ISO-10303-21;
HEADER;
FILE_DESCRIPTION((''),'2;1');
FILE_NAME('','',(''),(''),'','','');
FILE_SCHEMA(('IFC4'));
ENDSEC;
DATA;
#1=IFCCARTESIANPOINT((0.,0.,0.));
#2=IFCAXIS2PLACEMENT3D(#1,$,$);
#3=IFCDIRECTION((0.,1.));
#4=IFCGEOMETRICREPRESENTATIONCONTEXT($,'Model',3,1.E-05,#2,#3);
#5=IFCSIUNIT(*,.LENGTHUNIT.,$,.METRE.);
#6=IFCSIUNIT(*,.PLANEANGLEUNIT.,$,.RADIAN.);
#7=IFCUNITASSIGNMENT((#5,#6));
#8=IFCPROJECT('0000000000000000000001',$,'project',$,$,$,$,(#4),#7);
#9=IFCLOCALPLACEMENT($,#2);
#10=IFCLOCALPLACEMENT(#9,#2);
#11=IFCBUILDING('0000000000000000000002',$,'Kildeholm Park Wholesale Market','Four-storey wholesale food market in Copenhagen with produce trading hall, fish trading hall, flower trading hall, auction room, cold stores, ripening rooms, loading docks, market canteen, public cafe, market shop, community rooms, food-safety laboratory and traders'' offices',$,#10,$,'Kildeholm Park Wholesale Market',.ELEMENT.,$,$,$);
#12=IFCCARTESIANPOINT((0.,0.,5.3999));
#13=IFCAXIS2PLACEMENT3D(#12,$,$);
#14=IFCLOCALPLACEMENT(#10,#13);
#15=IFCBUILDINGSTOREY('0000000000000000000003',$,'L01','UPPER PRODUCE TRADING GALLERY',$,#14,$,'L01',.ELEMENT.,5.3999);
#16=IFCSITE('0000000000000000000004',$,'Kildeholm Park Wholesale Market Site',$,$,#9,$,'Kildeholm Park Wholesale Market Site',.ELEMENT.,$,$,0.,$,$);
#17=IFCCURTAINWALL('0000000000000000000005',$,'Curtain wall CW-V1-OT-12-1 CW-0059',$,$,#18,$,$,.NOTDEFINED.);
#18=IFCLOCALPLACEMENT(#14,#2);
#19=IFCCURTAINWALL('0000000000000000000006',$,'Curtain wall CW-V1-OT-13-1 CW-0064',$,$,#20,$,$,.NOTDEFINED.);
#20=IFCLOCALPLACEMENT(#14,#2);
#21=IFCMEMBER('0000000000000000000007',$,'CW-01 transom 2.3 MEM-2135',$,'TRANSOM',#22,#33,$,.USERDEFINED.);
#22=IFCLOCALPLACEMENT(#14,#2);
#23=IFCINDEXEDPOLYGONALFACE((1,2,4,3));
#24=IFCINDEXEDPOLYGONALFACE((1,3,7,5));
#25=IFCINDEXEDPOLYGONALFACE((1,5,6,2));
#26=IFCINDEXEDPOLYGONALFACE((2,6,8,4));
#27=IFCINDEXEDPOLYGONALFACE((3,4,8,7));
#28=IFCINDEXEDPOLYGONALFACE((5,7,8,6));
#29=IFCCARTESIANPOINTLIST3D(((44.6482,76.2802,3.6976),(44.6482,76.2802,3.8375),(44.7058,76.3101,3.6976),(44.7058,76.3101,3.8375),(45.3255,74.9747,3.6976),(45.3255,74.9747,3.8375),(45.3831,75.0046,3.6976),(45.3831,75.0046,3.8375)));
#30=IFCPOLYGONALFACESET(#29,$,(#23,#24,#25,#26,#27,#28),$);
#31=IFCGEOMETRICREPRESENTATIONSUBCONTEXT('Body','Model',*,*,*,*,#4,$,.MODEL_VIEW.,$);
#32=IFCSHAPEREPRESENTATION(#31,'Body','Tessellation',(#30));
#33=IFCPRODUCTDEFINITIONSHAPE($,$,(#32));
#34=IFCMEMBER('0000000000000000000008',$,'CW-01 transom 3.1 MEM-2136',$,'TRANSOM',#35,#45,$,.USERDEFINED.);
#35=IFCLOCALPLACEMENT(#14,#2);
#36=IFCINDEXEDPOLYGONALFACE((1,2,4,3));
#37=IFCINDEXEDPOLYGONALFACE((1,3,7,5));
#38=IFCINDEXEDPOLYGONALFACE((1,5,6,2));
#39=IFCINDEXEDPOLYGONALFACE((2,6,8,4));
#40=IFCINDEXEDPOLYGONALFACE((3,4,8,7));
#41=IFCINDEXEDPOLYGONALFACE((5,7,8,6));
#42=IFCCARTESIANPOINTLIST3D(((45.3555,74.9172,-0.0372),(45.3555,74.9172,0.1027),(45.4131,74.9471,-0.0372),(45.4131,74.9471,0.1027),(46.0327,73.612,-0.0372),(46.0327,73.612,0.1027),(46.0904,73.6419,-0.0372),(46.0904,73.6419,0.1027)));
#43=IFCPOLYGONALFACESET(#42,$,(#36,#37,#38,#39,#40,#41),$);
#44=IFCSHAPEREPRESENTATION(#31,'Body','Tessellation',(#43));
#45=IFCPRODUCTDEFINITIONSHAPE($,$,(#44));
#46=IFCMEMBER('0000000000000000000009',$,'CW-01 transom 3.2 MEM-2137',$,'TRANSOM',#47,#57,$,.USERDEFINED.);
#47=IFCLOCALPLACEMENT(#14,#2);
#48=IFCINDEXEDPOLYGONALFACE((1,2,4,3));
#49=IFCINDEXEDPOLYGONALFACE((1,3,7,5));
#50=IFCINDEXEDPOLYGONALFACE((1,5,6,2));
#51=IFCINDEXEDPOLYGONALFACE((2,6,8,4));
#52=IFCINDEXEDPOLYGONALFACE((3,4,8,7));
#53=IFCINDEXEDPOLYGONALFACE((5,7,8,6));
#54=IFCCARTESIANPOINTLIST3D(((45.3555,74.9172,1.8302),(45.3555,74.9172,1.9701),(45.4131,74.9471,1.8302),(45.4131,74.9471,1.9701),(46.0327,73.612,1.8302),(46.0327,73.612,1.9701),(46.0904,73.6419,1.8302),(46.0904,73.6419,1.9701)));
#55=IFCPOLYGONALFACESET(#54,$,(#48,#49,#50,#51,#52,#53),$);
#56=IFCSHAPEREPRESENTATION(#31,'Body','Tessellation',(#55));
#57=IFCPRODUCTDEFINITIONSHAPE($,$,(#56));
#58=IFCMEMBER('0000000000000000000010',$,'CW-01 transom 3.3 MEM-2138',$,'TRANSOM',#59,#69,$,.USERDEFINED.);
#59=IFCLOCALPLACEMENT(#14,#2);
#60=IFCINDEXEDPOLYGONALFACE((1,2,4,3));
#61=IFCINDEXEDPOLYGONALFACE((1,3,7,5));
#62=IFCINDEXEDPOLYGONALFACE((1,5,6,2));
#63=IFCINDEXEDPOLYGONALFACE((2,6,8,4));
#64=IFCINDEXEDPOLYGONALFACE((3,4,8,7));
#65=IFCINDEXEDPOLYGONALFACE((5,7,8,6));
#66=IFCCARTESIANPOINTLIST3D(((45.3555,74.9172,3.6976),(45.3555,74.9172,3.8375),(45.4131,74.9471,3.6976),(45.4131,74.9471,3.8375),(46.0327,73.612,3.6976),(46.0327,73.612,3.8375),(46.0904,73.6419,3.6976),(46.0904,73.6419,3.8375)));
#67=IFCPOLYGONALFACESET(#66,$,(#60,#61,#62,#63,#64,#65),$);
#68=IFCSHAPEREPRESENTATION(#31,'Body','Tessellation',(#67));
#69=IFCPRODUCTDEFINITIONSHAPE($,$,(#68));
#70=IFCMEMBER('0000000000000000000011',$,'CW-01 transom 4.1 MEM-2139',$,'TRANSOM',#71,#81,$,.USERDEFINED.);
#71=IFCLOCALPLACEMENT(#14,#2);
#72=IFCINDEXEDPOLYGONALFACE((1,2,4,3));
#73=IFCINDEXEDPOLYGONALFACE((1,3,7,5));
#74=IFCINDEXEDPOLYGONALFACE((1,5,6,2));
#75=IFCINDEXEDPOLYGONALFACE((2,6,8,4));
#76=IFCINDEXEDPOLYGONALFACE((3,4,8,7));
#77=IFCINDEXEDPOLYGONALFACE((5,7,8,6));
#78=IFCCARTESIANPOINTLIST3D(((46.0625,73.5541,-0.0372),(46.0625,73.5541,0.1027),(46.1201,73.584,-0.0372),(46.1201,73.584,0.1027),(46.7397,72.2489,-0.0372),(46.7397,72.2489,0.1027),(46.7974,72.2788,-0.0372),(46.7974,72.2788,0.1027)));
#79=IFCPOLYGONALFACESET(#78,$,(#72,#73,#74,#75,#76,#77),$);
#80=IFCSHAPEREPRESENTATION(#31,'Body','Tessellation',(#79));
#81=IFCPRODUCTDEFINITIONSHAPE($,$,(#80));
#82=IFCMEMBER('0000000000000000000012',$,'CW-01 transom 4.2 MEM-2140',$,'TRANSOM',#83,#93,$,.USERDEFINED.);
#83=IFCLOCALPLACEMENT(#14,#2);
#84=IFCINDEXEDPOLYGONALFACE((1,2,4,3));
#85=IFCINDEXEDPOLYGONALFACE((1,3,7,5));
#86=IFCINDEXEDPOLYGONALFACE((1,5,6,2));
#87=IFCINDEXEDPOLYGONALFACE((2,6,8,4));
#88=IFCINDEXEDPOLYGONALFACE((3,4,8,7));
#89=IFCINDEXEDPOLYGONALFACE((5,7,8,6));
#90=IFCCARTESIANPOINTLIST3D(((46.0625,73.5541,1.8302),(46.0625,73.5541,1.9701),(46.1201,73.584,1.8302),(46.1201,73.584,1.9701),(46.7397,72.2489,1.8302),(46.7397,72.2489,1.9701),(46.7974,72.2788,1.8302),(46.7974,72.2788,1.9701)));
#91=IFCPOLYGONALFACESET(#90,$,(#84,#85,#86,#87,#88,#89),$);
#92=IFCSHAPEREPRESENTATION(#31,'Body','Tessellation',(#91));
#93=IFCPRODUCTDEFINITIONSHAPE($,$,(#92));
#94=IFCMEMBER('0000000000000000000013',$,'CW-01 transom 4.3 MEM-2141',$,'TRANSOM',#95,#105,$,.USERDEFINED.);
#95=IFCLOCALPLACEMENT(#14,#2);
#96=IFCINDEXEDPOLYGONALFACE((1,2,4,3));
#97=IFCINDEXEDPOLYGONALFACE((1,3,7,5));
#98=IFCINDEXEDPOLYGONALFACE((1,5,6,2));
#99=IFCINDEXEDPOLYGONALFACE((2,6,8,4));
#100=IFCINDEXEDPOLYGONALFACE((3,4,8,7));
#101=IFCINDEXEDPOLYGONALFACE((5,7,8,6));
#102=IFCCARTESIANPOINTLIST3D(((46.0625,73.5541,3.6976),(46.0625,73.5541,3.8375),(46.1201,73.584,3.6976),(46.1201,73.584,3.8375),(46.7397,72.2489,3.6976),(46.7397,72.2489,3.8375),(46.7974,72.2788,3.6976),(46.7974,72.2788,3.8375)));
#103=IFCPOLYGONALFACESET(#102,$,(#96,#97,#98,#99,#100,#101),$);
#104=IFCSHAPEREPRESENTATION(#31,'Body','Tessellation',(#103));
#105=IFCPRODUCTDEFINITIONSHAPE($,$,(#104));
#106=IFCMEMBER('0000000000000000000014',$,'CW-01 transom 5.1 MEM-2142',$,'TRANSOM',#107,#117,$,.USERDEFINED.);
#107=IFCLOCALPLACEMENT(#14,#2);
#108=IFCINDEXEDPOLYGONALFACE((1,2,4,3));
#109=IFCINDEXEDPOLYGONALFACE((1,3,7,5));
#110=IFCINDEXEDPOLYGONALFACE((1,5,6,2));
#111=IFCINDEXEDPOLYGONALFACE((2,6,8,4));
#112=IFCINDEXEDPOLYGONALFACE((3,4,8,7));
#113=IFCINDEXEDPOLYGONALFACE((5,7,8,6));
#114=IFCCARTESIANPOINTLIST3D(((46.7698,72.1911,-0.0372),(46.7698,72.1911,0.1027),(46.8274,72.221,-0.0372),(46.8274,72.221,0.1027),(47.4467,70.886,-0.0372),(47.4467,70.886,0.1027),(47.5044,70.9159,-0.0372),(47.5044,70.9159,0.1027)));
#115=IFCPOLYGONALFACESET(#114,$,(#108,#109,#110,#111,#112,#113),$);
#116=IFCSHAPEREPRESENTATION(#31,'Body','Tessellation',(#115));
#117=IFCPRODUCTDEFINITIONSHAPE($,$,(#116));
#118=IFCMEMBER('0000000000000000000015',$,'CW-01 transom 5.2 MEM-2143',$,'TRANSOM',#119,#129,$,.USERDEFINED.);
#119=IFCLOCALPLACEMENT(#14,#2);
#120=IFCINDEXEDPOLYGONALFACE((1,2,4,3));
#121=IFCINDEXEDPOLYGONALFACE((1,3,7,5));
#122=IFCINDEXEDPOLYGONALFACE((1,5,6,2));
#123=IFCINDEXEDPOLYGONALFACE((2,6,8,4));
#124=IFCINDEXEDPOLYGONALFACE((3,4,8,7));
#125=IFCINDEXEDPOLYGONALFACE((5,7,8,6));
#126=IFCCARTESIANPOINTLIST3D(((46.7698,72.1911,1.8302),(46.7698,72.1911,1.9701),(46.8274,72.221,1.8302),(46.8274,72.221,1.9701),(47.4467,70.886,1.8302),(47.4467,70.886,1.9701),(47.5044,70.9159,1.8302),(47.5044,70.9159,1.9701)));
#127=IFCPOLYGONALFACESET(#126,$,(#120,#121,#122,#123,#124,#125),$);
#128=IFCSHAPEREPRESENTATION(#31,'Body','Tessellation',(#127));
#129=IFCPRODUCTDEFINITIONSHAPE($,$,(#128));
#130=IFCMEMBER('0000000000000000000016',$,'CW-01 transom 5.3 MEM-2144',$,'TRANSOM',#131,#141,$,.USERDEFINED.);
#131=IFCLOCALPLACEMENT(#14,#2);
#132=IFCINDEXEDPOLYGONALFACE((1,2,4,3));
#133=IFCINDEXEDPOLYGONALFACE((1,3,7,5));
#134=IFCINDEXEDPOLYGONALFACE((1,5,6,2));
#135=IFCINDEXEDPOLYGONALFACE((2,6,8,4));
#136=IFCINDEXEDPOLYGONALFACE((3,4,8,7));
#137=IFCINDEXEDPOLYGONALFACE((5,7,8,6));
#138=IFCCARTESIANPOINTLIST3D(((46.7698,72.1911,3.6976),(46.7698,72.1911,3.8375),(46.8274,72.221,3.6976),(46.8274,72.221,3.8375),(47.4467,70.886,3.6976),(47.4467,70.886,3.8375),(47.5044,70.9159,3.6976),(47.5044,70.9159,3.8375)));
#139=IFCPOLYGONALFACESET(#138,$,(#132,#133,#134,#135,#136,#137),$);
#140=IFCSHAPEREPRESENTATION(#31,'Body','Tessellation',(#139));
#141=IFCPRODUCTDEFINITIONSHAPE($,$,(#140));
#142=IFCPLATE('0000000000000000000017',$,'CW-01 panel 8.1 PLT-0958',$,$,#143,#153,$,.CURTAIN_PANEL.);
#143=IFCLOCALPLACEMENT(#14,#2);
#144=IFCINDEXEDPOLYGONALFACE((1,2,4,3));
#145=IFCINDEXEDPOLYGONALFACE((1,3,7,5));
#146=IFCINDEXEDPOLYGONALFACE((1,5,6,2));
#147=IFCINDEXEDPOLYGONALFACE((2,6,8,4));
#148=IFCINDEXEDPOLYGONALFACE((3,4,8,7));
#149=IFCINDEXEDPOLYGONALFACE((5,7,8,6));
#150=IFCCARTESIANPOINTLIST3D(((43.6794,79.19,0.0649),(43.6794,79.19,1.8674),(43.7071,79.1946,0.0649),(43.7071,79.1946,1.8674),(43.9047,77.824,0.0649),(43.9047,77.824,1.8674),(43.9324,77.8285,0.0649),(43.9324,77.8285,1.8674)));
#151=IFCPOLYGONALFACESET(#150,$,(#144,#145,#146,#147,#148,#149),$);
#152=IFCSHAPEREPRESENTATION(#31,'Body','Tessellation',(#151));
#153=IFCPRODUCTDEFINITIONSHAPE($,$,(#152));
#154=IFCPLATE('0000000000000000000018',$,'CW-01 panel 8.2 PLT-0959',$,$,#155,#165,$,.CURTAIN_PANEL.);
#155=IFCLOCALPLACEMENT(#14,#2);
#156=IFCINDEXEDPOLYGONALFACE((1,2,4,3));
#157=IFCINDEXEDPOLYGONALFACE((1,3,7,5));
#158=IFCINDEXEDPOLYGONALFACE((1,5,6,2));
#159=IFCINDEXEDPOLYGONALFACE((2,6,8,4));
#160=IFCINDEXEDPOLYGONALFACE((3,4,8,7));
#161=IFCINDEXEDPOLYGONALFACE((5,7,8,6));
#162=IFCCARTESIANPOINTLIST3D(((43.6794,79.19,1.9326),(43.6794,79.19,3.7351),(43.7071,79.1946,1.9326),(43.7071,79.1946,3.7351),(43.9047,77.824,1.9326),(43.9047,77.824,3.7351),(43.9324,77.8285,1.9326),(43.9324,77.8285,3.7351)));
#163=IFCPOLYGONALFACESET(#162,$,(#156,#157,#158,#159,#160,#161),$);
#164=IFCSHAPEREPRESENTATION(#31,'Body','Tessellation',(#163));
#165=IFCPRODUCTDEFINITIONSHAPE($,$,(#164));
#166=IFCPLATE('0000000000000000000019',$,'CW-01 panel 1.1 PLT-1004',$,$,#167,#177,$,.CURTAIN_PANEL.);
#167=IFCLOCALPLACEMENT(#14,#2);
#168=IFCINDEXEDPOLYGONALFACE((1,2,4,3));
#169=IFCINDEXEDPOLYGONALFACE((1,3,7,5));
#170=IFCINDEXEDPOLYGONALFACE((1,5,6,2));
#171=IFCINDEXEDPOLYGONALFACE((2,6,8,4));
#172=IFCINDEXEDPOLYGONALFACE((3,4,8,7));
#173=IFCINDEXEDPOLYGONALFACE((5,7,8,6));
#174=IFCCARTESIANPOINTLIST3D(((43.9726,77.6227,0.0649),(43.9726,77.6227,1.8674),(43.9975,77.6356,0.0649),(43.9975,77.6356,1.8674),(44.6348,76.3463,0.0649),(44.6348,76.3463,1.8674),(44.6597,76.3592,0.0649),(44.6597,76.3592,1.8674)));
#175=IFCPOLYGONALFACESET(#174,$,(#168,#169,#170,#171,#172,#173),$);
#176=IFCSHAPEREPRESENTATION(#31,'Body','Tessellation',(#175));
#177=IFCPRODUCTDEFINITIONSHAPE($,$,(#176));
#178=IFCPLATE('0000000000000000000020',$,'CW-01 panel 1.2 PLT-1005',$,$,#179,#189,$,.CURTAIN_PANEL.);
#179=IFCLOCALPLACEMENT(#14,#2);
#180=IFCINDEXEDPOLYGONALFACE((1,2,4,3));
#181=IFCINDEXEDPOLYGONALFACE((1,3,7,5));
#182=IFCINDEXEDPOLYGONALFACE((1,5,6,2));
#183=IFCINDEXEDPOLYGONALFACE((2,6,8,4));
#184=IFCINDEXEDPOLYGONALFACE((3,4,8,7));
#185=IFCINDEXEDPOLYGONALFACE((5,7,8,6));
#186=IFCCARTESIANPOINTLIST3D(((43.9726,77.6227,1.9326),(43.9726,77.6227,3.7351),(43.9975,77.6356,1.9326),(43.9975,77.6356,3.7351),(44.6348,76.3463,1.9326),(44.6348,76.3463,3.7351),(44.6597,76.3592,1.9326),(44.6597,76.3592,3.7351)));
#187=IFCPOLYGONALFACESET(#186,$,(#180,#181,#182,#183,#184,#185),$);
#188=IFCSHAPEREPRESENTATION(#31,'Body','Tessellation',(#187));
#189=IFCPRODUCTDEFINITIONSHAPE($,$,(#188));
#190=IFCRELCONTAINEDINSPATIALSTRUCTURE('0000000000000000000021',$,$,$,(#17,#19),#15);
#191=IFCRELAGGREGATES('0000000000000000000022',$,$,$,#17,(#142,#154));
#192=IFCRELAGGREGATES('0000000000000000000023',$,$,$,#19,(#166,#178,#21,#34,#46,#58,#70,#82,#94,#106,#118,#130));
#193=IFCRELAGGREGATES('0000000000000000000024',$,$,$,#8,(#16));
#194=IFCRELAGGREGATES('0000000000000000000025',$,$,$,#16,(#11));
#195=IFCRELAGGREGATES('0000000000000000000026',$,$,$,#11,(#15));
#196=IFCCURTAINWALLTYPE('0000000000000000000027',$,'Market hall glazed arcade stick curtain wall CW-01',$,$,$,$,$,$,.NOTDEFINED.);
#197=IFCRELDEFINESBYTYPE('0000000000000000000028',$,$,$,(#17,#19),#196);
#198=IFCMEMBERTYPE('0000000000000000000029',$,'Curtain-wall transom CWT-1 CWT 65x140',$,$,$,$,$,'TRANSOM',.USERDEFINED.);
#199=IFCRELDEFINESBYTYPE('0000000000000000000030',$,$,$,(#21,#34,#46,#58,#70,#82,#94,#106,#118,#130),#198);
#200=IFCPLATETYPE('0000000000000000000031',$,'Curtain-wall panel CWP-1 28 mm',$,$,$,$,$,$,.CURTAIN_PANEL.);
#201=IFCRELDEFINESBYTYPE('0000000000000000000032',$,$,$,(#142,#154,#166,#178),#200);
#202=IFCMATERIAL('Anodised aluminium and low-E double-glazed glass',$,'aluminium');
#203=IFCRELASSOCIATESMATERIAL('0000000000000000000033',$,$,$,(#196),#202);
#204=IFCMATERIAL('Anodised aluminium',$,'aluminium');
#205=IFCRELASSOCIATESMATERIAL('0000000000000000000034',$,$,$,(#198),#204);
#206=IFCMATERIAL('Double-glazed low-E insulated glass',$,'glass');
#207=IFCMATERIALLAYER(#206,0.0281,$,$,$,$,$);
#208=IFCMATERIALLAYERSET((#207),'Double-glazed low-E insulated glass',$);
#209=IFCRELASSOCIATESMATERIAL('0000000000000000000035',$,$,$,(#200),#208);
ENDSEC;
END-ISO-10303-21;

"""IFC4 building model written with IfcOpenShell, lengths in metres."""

from ifc_helpers import new_model, si_unit, direction, frame, origin, origin_2d, place, context, subcontext, project, spatial, rectangle, extrude, material, layer, layer_set, material_profile, profile_set, type_object, element, aggregate, save


model = new_model("IFC4")

# Units and contexts
model_context = context("Model", 3, precision=1e-05, world=origin(), true_north=direction((0.0, 1.0)))
body_context = subcontext(model_context, "Body", "Model", "MODEL_VIEW")
ifc_project = project(units=[si_unit("LENGTHUNIT", "METRE"), si_unit("PLANEANGLEUNIT", "RADIAN")], contexts=[model_context])

# Site, building, storey
site_placement = place(None, origin())
site = spatial("IfcSite", under=ifc_project, at=site_placement, Name="Kildeholm Park Wholesale Market Site", LongName="Kildeholm Park Wholesale Market Site", CompositionType="ELEMENT", RefElevation=0.0)
building_placement = place(site_placement, origin())
building = spatial("IfcBuilding", under=site, at=building_placement, Name="Kildeholm Park Wholesale Market", Description="Four-storey wholesale food market in Copenhagen with produce trading hall, fish trading hall, flower trading hall, auction room, cold stores, ripening rooms, loading docks, market canteen, public cafe, market shop, community rooms, food-safety laboratory and traders' offices", LongName="Kildeholm Park Wholesale Market", CompositionType="ELEMENT")
storey_placement = place(building_placement, frame((0.0, 0.0, 5.3999)))
storey = spatial("IfcBuildingStorey", under=building, at=storey_placement, Name="L01", Description="UPPER PRODUCE TRADING GALLERY", LongName="L01", CompositionType="ELEMENT", Elevation=5.3999)

# Curtain walls
ifc_material_1 = material(Name="Anodised aluminium and low-E double-glazed glass", Category="aluminium")
curtain_wall_type = type_object("IfcCurtainWallType", Name="Market hall glazed arcade stick curtain wall CW-01", PredefinedType="NOTDEFINED", material=ifc_material_1)
curtain_wall_1_placement = place(storey_placement, origin())
curtain_wall_1 = element("IfcCurtainWall", 1, at=curtain_wall_1_placement, inside=storey, type_object=curtain_wall_type, Name="Curtain wall CW-V1-OT-12-1 CW-0059", PredefinedType="NOTDEFINED")
ifc_material_2 = material(Name="Anodised aluminium", Category="aluminium")
curtain_wall_2_placement = place(storey_placement, origin())
curtain_wall_2 = element("IfcCurtainWall", 2, at=curtain_wall_2_placement, inside=storey, type_object=curtain_wall_type, Name="Curtain wall CW-V1-OT-13-1 CW-0064", PredefinedType="NOTDEFINED")

# Members
ifc_material_profile_1 = material_profile(ifc_material_2, rectangle(XDim=0.0649, YDim=0.1399, at=origin_2d()), Name="CWT 65x140")
ifc_profile_set_1 = profile_set([ifc_material_profile_1], Name="Anodised aluminium")
member_type_1 = type_object("IfcMemberType", Name="Curtain-wall transom CWT-1 CWT 65x140", ElementType="TRANSOM", PredefinedType="USERDEFINED", material=ifc_profile_set_1)
member_1_placement = place(storey_placement, frame((44.677, 76.2952, 3.7676), z_axis=(0.460511, -0.887654, 0.0), x_axis=(0.887654, 0.460511, 0.0)))
member_1 = element("IfcMember", 3, at=member_1_placement, type_object=member_type_1, Name="CW-01 transom 2.3 MEM-2135", ObjectType="TRANSOM", PredefinedType="USERDEFINED", context=body_context, shape_type="SweptSolid", body=[
    extrude(rectangle(XDim=0.0649, YDim=0.1399, at=origin_2d()), origin(), (0.0, 0.0, 1.0), 1.4707),
])
member_2_placement = place(storey_placement, frame((45.3843, 74.9321, 0.0327), z_axis=(0.460579, -0.887619, 0.0), x_axis=(0.887619, 0.460579, 0.0)))
member_2 = element("IfcMember", 4, at=member_2_placement, type_object=member_type_1, Name="CW-01 transom 3.1 MEM-2136", ObjectType="TRANSOM", PredefinedType="USERDEFINED", context=body_context, shape_type="SweptSolid", body=[
    extrude(rectangle(XDim=0.0649, YDim=0.1399, at=origin_2d()), origin(), (0.0, 0.0, 1.0), 1.4705),
])
member_3_placement = place(storey_placement, frame((45.3843, 74.9321, 1.9001), z_axis=(0.460579, -0.887619, 0.0), x_axis=(0.887619, 0.460579, 0.0)))
member_3 = element("IfcMember", 5, at=member_3_placement, type_object=member_type_1, Name="CW-01 transom 3.2 MEM-2137", ObjectType="TRANSOM", PredefinedType="USERDEFINED", context=body_context, shape_type="SweptSolid", body=[
    extrude(rectangle(XDim=0.0649, YDim=0.1399, at=origin_2d()), origin(), (0.0, 0.0, 1.0), 1.4705),
])
member_4_placement = place(storey_placement, frame((45.3843, 74.9321, 3.7676), z_axis=(0.460579, -0.887619, 0.0), x_axis=(0.887619, 0.460579, 0.0)))
member_4 = element("IfcMember", 6, at=member_4_placement, type_object=member_type_1, Name="CW-01 transom 3.3 MEM-2138", ObjectType="TRANSOM", PredefinedType="USERDEFINED", context=body_context, shape_type="SweptSolid", body=[
    extrude(rectangle(XDim=0.0649, YDim=0.1399, at=origin_2d()), origin(), (0.0, 0.0, 1.0), 1.4705),
])
member_5_placement = place(storey_placement, frame((46.0913, 73.5691, 0.0327), z_axis=(0.460579, -0.887619, 0.0), x_axis=(0.887619, 0.460579, 0.0)))
member_5 = element("IfcMember", 7, at=member_5_placement, type_object=member_type_1, Name="CW-01 transom 4.1 MEM-2139", ObjectType="TRANSOM", PredefinedType="USERDEFINED", context=body_context, shape_type="SweptSolid", body=[
    extrude(rectangle(XDim=0.0649, YDim=0.1399, at=origin_2d()), origin(), (0.0, 0.0, 1.0), 1.4705),
])
member_6_placement = place(storey_placement, frame((46.0913, 73.5691, 1.9001), z_axis=(0.460579, -0.887619, 0.0), x_axis=(0.887619, 0.460579, 0.0)))
member_6 = element("IfcMember", 8, at=member_6_placement, type_object=member_type_1, Name="CW-01 transom 4.2 MEM-2140", ObjectType="TRANSOM", PredefinedType="USERDEFINED", context=body_context, shape_type="SweptSolid", body=[
    extrude(rectangle(XDim=0.0649, YDim=0.1399, at=origin_2d()), origin(), (0.0, 0.0, 1.0), 1.4705),
])
member_7_placement = place(storey_placement, frame((46.0913, 73.5691, 3.7676), z_axis=(0.460579, -0.887619, 0.0), x_axis=(0.887619, 0.460579, 0.0)))
member_7 = element("IfcMember", 9, at=member_7_placement, type_object=member_type_1, Name="CW-01 transom 4.3 MEM-2141", ObjectType="TRANSOM", PredefinedType="USERDEFINED", context=body_context, shape_type="SweptSolid", body=[
    extrude(rectangle(XDim=0.0649, YDim=0.1399, at=origin_2d()), origin(), (0.0, 0.0, 1.0), 1.4705),
])
member_8_placement = place(storey_placement, frame((46.7986, 72.2061, 0.0327), z_axis=(0.460448, -0.887687, 0.0), x_axis=(0.887687, 0.460448, 0.0)))
member_8 = element("IfcMember", 10, at=member_8_placement, type_object=member_type_1, Name="CW-01 transom 5.1 MEM-2142", ObjectType="TRANSOM", PredefinedType="USERDEFINED", context=body_context, shape_type="SweptSolid", body=[
    extrude(rectangle(XDim=0.0649, YDim=0.1399, at=origin_2d()), origin(), (0.0, 0.0, 1.0), 1.4702),
])
member_9_placement = place(storey_placement, frame((46.7986, 72.2061, 1.9001), z_axis=(0.460448, -0.887687, 0.0), x_axis=(0.887687, 0.460448, 0.0)))
member_9 = element("IfcMember", 11, at=member_9_placement, type_object=member_type_1, Name="CW-01 transom 5.2 MEM-2143", ObjectType="TRANSOM", PredefinedType="USERDEFINED", context=body_context, shape_type="SweptSolid", body=[
    extrude(rectangle(XDim=0.0649, YDim=0.1399, at=origin_2d()), origin(), (0.0, 0.0, 1.0), 1.4702),
])
member_10_placement = place(storey_placement, frame((46.7986, 72.2061, 3.7676), z_axis=(0.460448, -0.887687, 0.0), x_axis=(0.887687, 0.460448, 0.0)))
member_10 = element("IfcMember", 12, at=member_10_placement, type_object=member_type_1, Name="CW-01 transom 5.3 MEM-2144", ObjectType="TRANSOM", PredefinedType="USERDEFINED", context=body_context, shape_type="SweptSolid", body=[
    extrude(rectangle(XDim=0.0649, YDim=0.1399, at=origin_2d()), origin(), (0.0, 0.0, 1.0), 1.4702),
])

# Plates
ifc_material_3 = material(Name="Double-glazed low-E insulated glass", Category="glass")
ifc_layer = layer(ifc_material_3, 0.0281)
ifc_layer_set = layer_set([ifc_layer], Name="Double-glazed low-E insulated glass")
plate_type = type_object("IfcPlateType", Name="Curtain-wall panel CWP-1 28 mm", PredefinedType="CURTAIN_PANEL", material=ifc_layer_set)
plate_1_placement = place(storey_placement, frame((43.8059, 78.5093, 0.0649), z_axis=(0.0, 0.0, 1.0), x_axis=(0.162703, -0.986675, 0.0)))
plate_1 = element("IfcPlate", 13, at=plate_1_placement, type_object=plate_type, Name="CW-01 panel 8.1 PLT-0958", PredefinedType="CURTAIN_PANEL", context=body_context, shape_type="SweptSolid", body=[
    extrude(rectangle(XDim=1.3845, YDim=0.0281, at=origin_2d()), origin(), (0.0, 0.0, 1.0), 1.8025),
])
plate_2_placement = place(storey_placement, frame((43.8059, 78.5093, 1.9326), z_axis=(0.0, 0.0, 1.0), x_axis=(0.162703, -0.986675, 0.0)))
plate_2 = element("IfcPlate", 14, at=plate_2_placement, type_object=plate_type, Name="CW-01 panel 8.2 PLT-0959", PredefinedType="CURTAIN_PANEL", context=body_context, shape_type="SweptSolid", body=[
    extrude(rectangle(XDim=1.3845, YDim=0.0281, at=origin_2d()), origin(), (0.0, 0.0, 1.0), 1.8025),
])
aggregate(curtain_wall_1, [plate_1, plate_2])
plate_3_placement = place(storey_placement, frame((44.3162, 76.991, 0.0649), z_axis=(0.0, 0.0, 1.0), x_axis=(0.460514, -0.887652, 0.0)))
plate_3 = element("IfcPlate", 15, at=plate_3_placement, type_object=plate_type, Name="CW-01 panel 1.1 PLT-1004", PredefinedType="CURTAIN_PANEL", context=body_context, shape_type="SweptSolid", body=[
    extrude(rectangle(XDim=1.438, YDim=0.0281, at=origin_2d()), origin(), (0.0, 0.0, 1.0), 1.8025),
])
plate_4_placement = place(storey_placement, frame((44.3162, 76.991, 1.9326), z_axis=(0.0, 0.0, 1.0), x_axis=(0.460514, -0.887652, 0.0)))
plate_4 = element("IfcPlate", 16, at=plate_4_placement, type_object=plate_type, Name="CW-01 panel 1.2 PLT-1005", PredefinedType="CURTAIN_PANEL", context=body_context, shape_type="SweptSolid", body=[
    extrude(rectangle(XDim=1.438, YDim=0.0281, at=origin_2d()), origin(), (0.0, 0.0, 1.0), 1.8025),
])
aggregate(curtain_wall_2, [plate_3, plate_4, member_1, member_2, member_3, member_4, member_5, member_6, member_7, member_8, member_9, member_10])

save(model, "model.ifc")
